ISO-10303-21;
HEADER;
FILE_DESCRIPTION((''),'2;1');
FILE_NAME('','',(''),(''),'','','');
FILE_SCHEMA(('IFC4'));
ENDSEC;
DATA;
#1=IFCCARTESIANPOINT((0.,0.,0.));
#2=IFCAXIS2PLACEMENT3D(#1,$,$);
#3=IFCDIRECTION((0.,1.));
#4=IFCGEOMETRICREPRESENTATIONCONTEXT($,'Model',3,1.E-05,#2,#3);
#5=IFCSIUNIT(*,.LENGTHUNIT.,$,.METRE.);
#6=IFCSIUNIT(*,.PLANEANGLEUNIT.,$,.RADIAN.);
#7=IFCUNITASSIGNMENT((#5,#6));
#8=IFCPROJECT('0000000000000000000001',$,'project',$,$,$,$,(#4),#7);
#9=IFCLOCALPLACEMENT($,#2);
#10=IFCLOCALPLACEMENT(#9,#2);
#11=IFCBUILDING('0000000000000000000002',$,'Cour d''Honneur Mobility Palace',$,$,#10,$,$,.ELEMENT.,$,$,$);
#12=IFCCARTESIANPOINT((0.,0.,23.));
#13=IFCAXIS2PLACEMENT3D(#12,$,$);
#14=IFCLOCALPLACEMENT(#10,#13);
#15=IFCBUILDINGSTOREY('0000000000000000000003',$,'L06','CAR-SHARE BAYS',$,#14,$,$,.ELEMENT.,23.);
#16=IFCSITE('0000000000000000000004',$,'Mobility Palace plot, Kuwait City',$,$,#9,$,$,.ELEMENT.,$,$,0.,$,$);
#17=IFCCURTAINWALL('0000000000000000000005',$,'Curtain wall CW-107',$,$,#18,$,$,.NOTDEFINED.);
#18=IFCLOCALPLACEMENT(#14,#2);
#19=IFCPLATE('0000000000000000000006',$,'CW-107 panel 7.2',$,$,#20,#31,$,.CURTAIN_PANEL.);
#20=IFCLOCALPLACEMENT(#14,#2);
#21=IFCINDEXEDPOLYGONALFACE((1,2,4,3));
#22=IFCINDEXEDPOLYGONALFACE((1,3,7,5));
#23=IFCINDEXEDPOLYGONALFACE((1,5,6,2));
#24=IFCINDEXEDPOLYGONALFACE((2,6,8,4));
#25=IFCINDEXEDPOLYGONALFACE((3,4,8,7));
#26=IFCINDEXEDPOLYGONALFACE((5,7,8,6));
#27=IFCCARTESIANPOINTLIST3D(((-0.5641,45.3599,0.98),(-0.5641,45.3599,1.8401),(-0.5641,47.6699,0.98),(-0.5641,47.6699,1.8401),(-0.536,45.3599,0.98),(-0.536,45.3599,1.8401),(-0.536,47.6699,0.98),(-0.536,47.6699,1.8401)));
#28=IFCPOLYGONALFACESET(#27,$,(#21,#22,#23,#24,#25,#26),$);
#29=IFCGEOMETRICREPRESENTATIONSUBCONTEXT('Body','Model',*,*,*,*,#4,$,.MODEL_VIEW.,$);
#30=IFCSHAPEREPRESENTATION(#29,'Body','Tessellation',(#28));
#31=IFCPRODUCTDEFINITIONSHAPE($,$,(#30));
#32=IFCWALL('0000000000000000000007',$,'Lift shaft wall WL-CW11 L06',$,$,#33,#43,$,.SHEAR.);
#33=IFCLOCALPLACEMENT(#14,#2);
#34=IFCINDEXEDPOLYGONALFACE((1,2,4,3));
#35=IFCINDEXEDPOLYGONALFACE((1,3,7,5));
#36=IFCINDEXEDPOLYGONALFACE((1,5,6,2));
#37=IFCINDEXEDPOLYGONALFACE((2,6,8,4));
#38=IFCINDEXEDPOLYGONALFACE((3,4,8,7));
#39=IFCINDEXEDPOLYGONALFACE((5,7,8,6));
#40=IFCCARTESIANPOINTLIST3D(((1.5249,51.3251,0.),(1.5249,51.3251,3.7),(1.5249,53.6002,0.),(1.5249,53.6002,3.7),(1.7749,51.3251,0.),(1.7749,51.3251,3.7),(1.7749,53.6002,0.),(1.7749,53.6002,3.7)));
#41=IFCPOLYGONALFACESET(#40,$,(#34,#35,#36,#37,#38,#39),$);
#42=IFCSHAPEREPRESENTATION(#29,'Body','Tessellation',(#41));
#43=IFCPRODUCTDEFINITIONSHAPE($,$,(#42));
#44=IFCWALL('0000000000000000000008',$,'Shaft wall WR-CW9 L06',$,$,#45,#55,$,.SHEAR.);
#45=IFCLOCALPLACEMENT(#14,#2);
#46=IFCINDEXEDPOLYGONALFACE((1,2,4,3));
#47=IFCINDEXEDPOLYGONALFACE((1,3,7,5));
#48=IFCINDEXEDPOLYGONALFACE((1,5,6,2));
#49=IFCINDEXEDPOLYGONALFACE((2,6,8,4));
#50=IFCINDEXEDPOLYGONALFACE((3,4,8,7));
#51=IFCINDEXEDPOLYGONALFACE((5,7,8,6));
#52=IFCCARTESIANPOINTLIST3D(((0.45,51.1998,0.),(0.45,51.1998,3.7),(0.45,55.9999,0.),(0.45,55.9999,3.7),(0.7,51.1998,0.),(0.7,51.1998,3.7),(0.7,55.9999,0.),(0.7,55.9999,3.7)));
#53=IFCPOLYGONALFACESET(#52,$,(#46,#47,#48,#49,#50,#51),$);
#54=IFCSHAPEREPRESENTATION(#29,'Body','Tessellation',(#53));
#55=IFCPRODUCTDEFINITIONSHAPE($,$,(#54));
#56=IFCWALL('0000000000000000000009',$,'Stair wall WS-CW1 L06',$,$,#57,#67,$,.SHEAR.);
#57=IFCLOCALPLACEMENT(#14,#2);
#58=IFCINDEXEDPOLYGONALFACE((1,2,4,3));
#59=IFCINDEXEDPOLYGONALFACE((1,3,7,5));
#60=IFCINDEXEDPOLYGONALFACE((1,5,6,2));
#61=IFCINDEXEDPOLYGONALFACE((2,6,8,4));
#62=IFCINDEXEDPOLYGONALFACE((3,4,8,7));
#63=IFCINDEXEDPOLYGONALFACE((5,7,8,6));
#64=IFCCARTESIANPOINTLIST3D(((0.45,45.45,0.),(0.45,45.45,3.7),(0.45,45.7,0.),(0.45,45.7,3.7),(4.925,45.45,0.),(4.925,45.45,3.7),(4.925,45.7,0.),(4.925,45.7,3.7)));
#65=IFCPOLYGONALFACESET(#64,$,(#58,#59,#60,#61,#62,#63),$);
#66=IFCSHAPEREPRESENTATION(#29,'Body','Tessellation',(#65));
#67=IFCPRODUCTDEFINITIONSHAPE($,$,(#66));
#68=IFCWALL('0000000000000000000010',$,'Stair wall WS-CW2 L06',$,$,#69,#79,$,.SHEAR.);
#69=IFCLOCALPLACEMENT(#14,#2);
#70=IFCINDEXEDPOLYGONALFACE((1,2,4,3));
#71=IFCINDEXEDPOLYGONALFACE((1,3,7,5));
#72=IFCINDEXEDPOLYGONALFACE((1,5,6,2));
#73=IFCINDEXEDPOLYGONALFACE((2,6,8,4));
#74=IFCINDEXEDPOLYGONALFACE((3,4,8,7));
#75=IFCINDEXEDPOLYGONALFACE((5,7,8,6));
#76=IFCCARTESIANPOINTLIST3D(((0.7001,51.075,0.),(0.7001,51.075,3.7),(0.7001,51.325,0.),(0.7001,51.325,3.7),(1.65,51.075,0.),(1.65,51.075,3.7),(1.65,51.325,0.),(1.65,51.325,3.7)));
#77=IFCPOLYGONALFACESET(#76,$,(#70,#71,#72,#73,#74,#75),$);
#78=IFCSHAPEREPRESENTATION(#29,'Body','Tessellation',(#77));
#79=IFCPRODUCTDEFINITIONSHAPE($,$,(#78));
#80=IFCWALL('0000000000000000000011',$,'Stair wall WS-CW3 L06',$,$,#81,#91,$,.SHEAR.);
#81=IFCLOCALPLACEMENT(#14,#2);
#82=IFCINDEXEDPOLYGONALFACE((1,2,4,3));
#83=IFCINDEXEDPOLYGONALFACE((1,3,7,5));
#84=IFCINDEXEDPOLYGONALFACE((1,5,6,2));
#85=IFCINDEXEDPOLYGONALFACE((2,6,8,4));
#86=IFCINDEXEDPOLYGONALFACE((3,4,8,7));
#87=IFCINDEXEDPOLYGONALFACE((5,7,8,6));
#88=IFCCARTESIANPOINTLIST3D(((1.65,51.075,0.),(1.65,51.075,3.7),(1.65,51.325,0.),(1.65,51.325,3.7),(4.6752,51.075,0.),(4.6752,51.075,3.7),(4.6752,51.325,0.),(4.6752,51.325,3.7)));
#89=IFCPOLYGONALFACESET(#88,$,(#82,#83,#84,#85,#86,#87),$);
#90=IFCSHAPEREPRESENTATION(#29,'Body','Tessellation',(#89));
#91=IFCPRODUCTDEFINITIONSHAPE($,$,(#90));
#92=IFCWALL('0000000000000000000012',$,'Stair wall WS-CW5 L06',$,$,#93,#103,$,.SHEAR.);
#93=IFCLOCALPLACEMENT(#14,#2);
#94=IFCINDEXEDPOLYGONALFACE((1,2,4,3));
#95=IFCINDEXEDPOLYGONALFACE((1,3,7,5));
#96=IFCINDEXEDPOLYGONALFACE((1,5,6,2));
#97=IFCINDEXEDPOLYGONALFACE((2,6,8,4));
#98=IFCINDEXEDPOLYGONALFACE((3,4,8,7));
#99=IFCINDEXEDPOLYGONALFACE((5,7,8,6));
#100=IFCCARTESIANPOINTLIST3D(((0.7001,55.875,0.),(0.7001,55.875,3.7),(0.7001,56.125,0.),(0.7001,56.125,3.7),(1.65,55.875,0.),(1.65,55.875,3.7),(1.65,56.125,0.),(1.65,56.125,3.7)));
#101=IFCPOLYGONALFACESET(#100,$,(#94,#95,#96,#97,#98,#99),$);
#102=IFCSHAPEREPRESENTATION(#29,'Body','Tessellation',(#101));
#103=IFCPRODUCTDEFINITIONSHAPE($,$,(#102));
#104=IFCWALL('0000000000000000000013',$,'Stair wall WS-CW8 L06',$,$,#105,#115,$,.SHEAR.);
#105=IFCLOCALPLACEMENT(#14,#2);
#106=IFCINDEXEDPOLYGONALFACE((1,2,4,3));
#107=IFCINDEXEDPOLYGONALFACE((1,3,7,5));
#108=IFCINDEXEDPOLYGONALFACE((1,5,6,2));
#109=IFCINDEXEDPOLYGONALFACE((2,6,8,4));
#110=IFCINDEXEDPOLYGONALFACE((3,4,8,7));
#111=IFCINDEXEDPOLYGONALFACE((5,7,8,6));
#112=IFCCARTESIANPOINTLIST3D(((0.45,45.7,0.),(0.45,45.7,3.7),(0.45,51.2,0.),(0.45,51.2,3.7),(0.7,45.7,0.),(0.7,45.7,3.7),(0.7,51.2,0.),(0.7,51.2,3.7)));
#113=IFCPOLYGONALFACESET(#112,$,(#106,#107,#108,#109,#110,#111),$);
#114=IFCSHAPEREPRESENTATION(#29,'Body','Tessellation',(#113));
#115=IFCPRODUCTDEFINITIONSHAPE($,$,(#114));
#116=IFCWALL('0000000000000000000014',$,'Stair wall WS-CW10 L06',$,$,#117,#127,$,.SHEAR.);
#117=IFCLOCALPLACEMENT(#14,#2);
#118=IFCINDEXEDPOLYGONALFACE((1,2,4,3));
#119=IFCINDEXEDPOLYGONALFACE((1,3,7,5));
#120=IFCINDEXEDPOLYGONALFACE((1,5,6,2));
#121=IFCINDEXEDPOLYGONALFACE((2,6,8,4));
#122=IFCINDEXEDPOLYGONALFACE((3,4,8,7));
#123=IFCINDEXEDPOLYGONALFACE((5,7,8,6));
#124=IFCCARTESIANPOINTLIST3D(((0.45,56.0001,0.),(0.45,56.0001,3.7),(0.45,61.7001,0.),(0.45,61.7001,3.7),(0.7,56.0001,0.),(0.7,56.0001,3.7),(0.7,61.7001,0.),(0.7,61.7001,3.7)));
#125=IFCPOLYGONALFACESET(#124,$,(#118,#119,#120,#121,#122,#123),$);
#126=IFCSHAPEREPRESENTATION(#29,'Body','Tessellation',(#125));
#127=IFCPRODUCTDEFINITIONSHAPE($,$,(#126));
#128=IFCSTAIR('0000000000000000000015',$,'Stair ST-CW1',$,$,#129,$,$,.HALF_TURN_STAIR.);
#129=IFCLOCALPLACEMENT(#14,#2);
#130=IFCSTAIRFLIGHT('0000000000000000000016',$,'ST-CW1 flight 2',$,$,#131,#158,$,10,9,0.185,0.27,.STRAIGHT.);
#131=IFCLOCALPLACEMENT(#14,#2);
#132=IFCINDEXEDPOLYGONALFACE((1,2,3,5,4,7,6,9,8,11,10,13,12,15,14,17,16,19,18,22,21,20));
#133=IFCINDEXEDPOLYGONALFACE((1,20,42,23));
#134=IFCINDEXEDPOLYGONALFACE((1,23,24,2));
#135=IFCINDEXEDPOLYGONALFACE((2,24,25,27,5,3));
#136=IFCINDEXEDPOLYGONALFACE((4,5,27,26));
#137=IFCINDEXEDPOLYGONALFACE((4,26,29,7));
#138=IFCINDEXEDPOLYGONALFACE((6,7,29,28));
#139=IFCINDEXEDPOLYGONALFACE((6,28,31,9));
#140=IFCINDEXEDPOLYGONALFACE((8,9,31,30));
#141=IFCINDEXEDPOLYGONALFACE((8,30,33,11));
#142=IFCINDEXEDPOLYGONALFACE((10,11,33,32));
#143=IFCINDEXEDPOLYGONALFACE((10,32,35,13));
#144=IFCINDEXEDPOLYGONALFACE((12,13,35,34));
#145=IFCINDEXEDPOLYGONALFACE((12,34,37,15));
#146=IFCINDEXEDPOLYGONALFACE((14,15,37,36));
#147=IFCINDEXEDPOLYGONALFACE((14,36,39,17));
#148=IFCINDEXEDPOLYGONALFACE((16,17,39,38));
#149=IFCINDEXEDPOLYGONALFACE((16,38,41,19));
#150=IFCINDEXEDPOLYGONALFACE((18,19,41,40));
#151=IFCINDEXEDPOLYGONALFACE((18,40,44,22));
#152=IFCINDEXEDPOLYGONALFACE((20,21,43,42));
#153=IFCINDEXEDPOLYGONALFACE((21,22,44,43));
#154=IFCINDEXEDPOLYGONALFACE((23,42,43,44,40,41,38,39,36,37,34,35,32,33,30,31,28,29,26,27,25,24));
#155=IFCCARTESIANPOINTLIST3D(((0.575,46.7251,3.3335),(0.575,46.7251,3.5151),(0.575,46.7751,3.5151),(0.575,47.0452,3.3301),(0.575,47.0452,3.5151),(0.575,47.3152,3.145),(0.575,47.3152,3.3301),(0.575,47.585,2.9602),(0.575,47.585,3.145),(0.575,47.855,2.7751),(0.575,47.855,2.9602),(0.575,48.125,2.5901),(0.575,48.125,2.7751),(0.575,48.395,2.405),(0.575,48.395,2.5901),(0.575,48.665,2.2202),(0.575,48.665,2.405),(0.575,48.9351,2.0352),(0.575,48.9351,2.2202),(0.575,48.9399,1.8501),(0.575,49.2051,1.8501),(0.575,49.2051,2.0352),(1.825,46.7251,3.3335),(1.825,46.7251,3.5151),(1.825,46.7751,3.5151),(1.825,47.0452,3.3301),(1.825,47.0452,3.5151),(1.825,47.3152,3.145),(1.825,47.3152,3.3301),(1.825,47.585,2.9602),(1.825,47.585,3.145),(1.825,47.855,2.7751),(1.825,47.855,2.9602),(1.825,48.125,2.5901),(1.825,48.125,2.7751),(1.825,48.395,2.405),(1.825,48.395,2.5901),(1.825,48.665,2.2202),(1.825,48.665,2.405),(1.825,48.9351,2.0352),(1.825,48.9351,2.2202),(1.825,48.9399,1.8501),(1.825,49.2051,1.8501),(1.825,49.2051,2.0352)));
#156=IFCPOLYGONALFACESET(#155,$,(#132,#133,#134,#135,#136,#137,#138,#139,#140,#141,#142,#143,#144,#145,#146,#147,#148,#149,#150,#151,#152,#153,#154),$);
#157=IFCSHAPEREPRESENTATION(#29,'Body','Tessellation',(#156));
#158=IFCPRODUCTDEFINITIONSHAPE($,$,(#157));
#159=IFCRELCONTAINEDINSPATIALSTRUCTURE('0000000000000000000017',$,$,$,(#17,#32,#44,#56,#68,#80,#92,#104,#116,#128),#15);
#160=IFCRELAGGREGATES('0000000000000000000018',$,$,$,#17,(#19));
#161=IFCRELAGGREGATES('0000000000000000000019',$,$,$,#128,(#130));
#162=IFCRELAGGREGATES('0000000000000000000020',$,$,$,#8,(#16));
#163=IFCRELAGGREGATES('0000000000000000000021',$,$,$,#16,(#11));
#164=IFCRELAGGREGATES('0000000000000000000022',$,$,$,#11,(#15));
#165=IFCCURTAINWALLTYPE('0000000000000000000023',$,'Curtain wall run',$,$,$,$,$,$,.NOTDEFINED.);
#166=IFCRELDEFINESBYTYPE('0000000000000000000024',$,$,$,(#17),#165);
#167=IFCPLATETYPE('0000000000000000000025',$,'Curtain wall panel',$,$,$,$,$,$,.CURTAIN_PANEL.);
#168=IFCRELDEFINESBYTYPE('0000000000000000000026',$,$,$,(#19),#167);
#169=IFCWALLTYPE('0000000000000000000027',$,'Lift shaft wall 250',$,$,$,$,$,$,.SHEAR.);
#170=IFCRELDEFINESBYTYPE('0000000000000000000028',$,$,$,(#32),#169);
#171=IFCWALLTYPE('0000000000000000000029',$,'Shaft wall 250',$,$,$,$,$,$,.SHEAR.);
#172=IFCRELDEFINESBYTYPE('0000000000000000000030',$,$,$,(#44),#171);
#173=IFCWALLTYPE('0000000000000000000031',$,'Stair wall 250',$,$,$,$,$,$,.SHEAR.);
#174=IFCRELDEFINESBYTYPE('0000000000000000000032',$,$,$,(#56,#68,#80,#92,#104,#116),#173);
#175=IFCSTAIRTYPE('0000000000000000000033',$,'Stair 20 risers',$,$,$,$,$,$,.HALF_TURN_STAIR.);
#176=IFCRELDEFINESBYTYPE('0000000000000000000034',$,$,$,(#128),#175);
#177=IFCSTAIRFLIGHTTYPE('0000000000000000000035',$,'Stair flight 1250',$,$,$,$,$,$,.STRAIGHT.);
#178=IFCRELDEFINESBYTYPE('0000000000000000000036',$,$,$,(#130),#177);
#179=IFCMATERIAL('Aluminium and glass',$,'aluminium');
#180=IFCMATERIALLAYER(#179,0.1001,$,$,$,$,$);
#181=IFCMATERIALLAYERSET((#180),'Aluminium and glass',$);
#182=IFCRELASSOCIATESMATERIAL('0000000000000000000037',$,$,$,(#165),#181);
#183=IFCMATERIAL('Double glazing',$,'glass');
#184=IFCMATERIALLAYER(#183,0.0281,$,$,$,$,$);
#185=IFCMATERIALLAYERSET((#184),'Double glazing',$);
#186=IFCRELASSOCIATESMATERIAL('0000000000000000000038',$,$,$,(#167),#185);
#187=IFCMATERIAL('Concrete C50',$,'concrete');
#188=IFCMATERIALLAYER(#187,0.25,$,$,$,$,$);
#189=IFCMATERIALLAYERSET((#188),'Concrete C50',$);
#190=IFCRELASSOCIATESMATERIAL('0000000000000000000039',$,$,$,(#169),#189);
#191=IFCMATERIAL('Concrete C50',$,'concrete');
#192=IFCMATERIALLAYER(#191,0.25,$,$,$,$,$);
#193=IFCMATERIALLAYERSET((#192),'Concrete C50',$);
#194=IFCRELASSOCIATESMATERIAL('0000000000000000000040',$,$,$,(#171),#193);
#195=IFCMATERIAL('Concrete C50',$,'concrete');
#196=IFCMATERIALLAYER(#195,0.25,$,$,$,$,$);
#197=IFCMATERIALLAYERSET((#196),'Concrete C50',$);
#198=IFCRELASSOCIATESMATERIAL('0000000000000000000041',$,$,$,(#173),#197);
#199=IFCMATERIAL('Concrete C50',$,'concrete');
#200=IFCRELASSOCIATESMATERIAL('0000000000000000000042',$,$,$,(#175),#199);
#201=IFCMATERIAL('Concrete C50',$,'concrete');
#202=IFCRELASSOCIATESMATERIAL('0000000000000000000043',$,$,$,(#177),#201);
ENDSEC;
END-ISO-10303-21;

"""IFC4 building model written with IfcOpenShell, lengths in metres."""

from ifc_helpers import new_model, si_unit, direction, frame, frame_2d, origin, origin_2d, place, context, subcontext, project, spatial, polyline, rectangle, outline, extrude, material, layer, layer_set, type_object, element, aggregate, save


model = new_model("IFC4")

# Units and contexts
model_context = context("Model", 3, precision=1e-05, world=origin(), true_north=direction((0.0, 1.0)))
body_context = subcontext(model_context, "Body", "Model", "MODEL_VIEW")
ifc_project = project(units=[si_unit("LENGTHUNIT", "METRE"), si_unit("PLANEANGLEUNIT", "RADIAN")], contexts=[model_context])

# Site, building, storey
site_placement = place(None, origin())
site = spatial("IfcSite", under=ifc_project, at=site_placement, Name="Mobility Palace plot, Kuwait City", CompositionType="ELEMENT", RefElevation=0.0)
building_placement = place(site_placement, origin())
building = spatial("IfcBuilding", under=site, at=building_placement, Name="Cour d'Honneur Mobility Palace", CompositionType="ELEMENT")
storey_placement = place(building_placement, frame((0.0, 0.0, 23.0)))
storey = spatial("IfcBuildingStorey", under=building, at=storey_placement, Name="L06", Description="CAR-SHARE BAYS", CompositionType="ELEMENT", Elevation=23.0)

# Curtain wall
ifc_material_1 = material(Name="Aluminium and glass", Category="aluminium")
ifc_layer_1 = layer(ifc_material_1, 0.1001)
ifc_layer_set_1 = layer_set([ifc_layer_1], Name="Aluminium and glass")
curtain_wall_type = type_object("IfcCurtainWallType", Name="Curtain wall run", PredefinedType="NOTDEFINED", material=ifc_layer_set_1)
curtain_wall_placement = place(storey_placement, origin())
curtain_wall = element("IfcCurtainWall", 1, at=curtain_wall_placement, inside=storey, type_object=curtain_wall_type, Name="Curtain wall CW-107", PredefinedType="NOTDEFINED")

# Plate
ifc_material_2 = material(Name="Double glazing", Category="glass")
ifc_layer_2 = layer(ifc_material_2, 0.0281)
ifc_layer_set_2 = layer_set([ifc_layer_2], Name="Double glazing")
plate_type = type_object("IfcPlateType", Name="Curtain wall panel", PredefinedType="CURTAIN_PANEL", material=ifc_layer_set_2)
plate_1_placement = place(storey_placement, frame((-0.55, 46.5149, 0.98), z_axis=(0.0, 0.0, 1.0), x_axis=(0.0, -1.0, 0.0)))
plate_1 = element("IfcPlate", 2, at=plate_1_placement, type_object=plate_type, Name="CW-107 panel 7.2", PredefinedType="CURTAIN_PANEL", context=body_context, shape_type="SweptSolid", body=[
    extrude(rectangle(XDim=2.3101, YDim=0.0281, at=origin_2d()), origin(), (0.0, 0.0, 1.0), 0.8601),
])
aggregate(curtain_wall, [plate_1])

# Walls
ifc_material_3 = material(Name="Concrete C50", Category="concrete")
ifc_layer_3 = layer(ifc_material_3, 0.25)
ifc_layer_set_3 = layer_set([ifc_layer_3], Name="Concrete C50")
wall_type_1 = type_object("IfcWallType", Name="Lift shaft wall 250", PredefinedType="SHEAR", material=ifc_layer_set_3)
wall_1_placement = place(storey_placement, frame((1.6499, 51.325, 0.0), z_axis=(0.0, 0.0, 1.0), x_axis=(0.0, 1.0, 0.0)))
element("IfcWall", 3, at=wall_1_placement, inside=storey, type_object=wall_type_1, Name="Lift shaft wall WL-CW11 L06", PredefinedType="SHEAR", context=body_context, shape_type="SweptSolid", body=[
    extrude(rectangle(XDim=2.2751, YDim=0.25, at=frame_2d((1.1377, 0.0))), origin(), (0.0, 0.0, 1.0), 3.7),
])
ifc_material_4 = material(Name="Concrete C50", Category="concrete")
ifc_layer_4 = layer(ifc_material_4, 0.25)
ifc_layer_set_4 = layer_set([ifc_layer_4], Name="Concrete C50")
wall_type_2 = type_object("IfcWallType", Name="Shaft wall 250", PredefinedType="SHEAR", material=ifc_layer_set_4)
wall_2_placement = place(storey_placement, frame((0.575, 51.2, 0.0), z_axis=(0.0, 0.0, 1.0), x_axis=(0.0, 1.0, 0.0)))
element("IfcWall", 4, at=wall_2_placement, inside=storey, type_object=wall_type_2, Name="Shaft wall WR-CW9 L06", PredefinedType="SHEAR", context=body_context, shape_type="SweptSolid", body=[
    extrude(rectangle(XDim=4.8, YDim=0.25, at=frame_2d((2.3999, 0.0))), origin(), (0.0, 0.0, 1.0), 3.7),
])
ifc_material_5 = material(Name="Concrete C50", Category="concrete")
ifc_layer_5 = layer(ifc_material_5, 0.25)
ifc_layer_set_5 = layer_set([ifc_layer_5], Name="Concrete C50")
wall_type_3 = type_object("IfcWallType", Name="Stair wall 250", PredefinedType="SHEAR", material=ifc_layer_set_5)
wall_3_placement = place(storey_placement, frame((0.45, 45.575, 0.0), z_axis=(0.0, 0.0, 1.0), x_axis=(1.0, 0.0, 0.0)))
element("IfcWall", 5, at=wall_3_placement, inside=storey, type_object=wall_type_3, Name="Stair wall WS-CW1 L06", PredefinedType="SHEAR", context=body_context, shape_type="SweptSolid", body=[
    extrude(rectangle(XDim=4.4751, YDim=0.25, at=frame_2d((2.2375, 0.0))), origin(), (0.0, 0.0, 1.0), 3.7),
])
wall_4_placement = place(storey_placement, frame((0.7, 51.2, 0.0), z_axis=(0.0, 0.0, 1.0), x_axis=(1.0, 0.0, 0.0)))
element("IfcWall", 6, at=wall_4_placement, inside=storey, type_object=wall_type_3, Name="Stair wall WS-CW2 L06", PredefinedType="SHEAR", context=body_context, shape_type="SweptSolid", body=[
    extrude(rectangle(XDim=0.95, YDim=0.25, at=frame_2d((0.4751, 0.0))), origin(), (0.0, 0.0, 1.0), 3.7),
])
wall_5_placement = place(storey_placement, frame((1.6499, 51.2, 0.0), z_axis=(0.0, 0.0, 1.0), x_axis=(1.0, 0.0, 0.0)))
element("IfcWall", 7, at=wall_5_placement, inside=storey, type_object=wall_type_3, Name="Stair wall WS-CW3 L06", PredefinedType="SHEAR", context=body_context, shape_type="SweptSolid", body=[
    extrude(rectangle(XDim=3.0251, YDim=0.25, at=frame_2d((1.5127, 0.0))), origin(), (0.0, 0.0, 1.0), 3.7),
])
wall_6_placement = place(storey_placement, frame((0.7, 56.0, 0.0), z_axis=(0.0, 0.0, 1.0), x_axis=(1.0, 0.0, 0.0)))
element("IfcWall", 8, at=wall_6_placement, inside=storey, type_object=wall_type_3, Name="Stair wall WS-CW5 L06", PredefinedType="SHEAR", context=body_context, shape_type="SweptSolid", body=[
    extrude(rectangle(XDim=0.95, YDim=0.25, at=frame_2d((0.4751, 0.0))), origin(), (0.0, 0.0, 1.0), 3.7),
])
wall_7_placement = place(storey_placement, frame((0.575, 45.7, 0.0), z_axis=(0.0, 0.0, 1.0), x_axis=(0.0, 1.0, 0.0)))
element("IfcWall", 9, at=wall_7_placement, inside=storey, type_object=wall_type_3, Name="Stair wall WS-CW8 L06", PredefinedType="SHEAR", context=body_context, shape_type="SweptSolid", body=[
    extrude(rectangle(XDim=5.5, YDim=0.25, at=frame_2d((2.75, 0.0))), origin(), (0.0, 0.0, 1.0), 3.7),
])
wall_8_placement = place(storey_placement, frame((0.575, 56.0, 0.0), z_axis=(0.0, 0.0, 1.0), x_axis=(0.0, 1.0, 0.0)))
element("IfcWall", 10, at=wall_8_placement, inside=storey, type_object=wall_type_3, Name="Stair wall WS-CW10 L06", PredefinedType="SHEAR", context=body_context, shape_type="SweptSolid", body=[
    extrude(rectangle(XDim=5.7, YDim=0.25, at=frame_2d((2.8501, 0.0))), origin(), (0.0, 0.0, 1.0), 3.7),
])

# Stair, stair flight
ifc_material_6 = material(Name="Concrete C50", Category="concrete")
stair_type = type_object("IfcStairType", Name="Stair 20 risers", PredefinedType="HALF_TURN_STAIR", material=ifc_material_6)
stair_placement = place(storey_placement, origin())
stair = element("IfcStair", 11, at=stair_placement, inside=storey, type_object=stair_type, Name="Stair ST-CW1", PredefinedType="HALF_TURN_STAIR")
ifc_material_7 = material(Name="Concrete C50", Category="concrete")
stair_flight_type = type_object("IfcStairFlightType", Name="Stair flight 1250", PredefinedType="STRAIGHT", material=ifc_material_7)
stair_flight_placement = place(storey_placement, frame((1.2, 49.2051, 1.8501), z_axis=(0.0, 0.0, 1.0), x_axis=(0.0, -1.0, 0.0)))
stair_flight = element("IfcStairFlight", 12, at=stair_flight_placement, type_object=stair_flight_type, Name="ST-CW1 flight 2", NumberOfRisers=10, NumberOfTreads=9, PredefinedType="STRAIGHT", RiserHeight=0.185, TreadLength=0.27, context=body_context, shape_type="SweptSolid", body=[
    extrude(outline(polyline([(0.0, 0.0), (0.0, 0.1851), (0.27, 0.1851), (0.27, 0.3701), (0.54, 0.3701), (0.54, 0.5549), (0.8101, 0.5549), (0.8101, 0.74), (1.0801, 0.74), (1.0801, 0.925), (1.3501, 0.925), (1.3501, 1.1101), (1.6201, 1.1101), (1.6201, 1.2949), (1.8899, 1.2949), (1.8899, 1.48), (2.1599, 1.48), (2.1599, 1.665), (2.4299, 1.665), (2.48, 1.665), (2.48, 1.4834), (0.2651, 0.0), (0.0, 0.0)])), frame((0.0, 0.625, 0.0), z_axis=(0.0, -1.0, 0.0), x_axis=(1.0, 0.0, 0.0)), (0.0, 0.0, 1.0), 1.25),
])
aggregate(stair, [stair_flight])

save(model, "model.ifc")
